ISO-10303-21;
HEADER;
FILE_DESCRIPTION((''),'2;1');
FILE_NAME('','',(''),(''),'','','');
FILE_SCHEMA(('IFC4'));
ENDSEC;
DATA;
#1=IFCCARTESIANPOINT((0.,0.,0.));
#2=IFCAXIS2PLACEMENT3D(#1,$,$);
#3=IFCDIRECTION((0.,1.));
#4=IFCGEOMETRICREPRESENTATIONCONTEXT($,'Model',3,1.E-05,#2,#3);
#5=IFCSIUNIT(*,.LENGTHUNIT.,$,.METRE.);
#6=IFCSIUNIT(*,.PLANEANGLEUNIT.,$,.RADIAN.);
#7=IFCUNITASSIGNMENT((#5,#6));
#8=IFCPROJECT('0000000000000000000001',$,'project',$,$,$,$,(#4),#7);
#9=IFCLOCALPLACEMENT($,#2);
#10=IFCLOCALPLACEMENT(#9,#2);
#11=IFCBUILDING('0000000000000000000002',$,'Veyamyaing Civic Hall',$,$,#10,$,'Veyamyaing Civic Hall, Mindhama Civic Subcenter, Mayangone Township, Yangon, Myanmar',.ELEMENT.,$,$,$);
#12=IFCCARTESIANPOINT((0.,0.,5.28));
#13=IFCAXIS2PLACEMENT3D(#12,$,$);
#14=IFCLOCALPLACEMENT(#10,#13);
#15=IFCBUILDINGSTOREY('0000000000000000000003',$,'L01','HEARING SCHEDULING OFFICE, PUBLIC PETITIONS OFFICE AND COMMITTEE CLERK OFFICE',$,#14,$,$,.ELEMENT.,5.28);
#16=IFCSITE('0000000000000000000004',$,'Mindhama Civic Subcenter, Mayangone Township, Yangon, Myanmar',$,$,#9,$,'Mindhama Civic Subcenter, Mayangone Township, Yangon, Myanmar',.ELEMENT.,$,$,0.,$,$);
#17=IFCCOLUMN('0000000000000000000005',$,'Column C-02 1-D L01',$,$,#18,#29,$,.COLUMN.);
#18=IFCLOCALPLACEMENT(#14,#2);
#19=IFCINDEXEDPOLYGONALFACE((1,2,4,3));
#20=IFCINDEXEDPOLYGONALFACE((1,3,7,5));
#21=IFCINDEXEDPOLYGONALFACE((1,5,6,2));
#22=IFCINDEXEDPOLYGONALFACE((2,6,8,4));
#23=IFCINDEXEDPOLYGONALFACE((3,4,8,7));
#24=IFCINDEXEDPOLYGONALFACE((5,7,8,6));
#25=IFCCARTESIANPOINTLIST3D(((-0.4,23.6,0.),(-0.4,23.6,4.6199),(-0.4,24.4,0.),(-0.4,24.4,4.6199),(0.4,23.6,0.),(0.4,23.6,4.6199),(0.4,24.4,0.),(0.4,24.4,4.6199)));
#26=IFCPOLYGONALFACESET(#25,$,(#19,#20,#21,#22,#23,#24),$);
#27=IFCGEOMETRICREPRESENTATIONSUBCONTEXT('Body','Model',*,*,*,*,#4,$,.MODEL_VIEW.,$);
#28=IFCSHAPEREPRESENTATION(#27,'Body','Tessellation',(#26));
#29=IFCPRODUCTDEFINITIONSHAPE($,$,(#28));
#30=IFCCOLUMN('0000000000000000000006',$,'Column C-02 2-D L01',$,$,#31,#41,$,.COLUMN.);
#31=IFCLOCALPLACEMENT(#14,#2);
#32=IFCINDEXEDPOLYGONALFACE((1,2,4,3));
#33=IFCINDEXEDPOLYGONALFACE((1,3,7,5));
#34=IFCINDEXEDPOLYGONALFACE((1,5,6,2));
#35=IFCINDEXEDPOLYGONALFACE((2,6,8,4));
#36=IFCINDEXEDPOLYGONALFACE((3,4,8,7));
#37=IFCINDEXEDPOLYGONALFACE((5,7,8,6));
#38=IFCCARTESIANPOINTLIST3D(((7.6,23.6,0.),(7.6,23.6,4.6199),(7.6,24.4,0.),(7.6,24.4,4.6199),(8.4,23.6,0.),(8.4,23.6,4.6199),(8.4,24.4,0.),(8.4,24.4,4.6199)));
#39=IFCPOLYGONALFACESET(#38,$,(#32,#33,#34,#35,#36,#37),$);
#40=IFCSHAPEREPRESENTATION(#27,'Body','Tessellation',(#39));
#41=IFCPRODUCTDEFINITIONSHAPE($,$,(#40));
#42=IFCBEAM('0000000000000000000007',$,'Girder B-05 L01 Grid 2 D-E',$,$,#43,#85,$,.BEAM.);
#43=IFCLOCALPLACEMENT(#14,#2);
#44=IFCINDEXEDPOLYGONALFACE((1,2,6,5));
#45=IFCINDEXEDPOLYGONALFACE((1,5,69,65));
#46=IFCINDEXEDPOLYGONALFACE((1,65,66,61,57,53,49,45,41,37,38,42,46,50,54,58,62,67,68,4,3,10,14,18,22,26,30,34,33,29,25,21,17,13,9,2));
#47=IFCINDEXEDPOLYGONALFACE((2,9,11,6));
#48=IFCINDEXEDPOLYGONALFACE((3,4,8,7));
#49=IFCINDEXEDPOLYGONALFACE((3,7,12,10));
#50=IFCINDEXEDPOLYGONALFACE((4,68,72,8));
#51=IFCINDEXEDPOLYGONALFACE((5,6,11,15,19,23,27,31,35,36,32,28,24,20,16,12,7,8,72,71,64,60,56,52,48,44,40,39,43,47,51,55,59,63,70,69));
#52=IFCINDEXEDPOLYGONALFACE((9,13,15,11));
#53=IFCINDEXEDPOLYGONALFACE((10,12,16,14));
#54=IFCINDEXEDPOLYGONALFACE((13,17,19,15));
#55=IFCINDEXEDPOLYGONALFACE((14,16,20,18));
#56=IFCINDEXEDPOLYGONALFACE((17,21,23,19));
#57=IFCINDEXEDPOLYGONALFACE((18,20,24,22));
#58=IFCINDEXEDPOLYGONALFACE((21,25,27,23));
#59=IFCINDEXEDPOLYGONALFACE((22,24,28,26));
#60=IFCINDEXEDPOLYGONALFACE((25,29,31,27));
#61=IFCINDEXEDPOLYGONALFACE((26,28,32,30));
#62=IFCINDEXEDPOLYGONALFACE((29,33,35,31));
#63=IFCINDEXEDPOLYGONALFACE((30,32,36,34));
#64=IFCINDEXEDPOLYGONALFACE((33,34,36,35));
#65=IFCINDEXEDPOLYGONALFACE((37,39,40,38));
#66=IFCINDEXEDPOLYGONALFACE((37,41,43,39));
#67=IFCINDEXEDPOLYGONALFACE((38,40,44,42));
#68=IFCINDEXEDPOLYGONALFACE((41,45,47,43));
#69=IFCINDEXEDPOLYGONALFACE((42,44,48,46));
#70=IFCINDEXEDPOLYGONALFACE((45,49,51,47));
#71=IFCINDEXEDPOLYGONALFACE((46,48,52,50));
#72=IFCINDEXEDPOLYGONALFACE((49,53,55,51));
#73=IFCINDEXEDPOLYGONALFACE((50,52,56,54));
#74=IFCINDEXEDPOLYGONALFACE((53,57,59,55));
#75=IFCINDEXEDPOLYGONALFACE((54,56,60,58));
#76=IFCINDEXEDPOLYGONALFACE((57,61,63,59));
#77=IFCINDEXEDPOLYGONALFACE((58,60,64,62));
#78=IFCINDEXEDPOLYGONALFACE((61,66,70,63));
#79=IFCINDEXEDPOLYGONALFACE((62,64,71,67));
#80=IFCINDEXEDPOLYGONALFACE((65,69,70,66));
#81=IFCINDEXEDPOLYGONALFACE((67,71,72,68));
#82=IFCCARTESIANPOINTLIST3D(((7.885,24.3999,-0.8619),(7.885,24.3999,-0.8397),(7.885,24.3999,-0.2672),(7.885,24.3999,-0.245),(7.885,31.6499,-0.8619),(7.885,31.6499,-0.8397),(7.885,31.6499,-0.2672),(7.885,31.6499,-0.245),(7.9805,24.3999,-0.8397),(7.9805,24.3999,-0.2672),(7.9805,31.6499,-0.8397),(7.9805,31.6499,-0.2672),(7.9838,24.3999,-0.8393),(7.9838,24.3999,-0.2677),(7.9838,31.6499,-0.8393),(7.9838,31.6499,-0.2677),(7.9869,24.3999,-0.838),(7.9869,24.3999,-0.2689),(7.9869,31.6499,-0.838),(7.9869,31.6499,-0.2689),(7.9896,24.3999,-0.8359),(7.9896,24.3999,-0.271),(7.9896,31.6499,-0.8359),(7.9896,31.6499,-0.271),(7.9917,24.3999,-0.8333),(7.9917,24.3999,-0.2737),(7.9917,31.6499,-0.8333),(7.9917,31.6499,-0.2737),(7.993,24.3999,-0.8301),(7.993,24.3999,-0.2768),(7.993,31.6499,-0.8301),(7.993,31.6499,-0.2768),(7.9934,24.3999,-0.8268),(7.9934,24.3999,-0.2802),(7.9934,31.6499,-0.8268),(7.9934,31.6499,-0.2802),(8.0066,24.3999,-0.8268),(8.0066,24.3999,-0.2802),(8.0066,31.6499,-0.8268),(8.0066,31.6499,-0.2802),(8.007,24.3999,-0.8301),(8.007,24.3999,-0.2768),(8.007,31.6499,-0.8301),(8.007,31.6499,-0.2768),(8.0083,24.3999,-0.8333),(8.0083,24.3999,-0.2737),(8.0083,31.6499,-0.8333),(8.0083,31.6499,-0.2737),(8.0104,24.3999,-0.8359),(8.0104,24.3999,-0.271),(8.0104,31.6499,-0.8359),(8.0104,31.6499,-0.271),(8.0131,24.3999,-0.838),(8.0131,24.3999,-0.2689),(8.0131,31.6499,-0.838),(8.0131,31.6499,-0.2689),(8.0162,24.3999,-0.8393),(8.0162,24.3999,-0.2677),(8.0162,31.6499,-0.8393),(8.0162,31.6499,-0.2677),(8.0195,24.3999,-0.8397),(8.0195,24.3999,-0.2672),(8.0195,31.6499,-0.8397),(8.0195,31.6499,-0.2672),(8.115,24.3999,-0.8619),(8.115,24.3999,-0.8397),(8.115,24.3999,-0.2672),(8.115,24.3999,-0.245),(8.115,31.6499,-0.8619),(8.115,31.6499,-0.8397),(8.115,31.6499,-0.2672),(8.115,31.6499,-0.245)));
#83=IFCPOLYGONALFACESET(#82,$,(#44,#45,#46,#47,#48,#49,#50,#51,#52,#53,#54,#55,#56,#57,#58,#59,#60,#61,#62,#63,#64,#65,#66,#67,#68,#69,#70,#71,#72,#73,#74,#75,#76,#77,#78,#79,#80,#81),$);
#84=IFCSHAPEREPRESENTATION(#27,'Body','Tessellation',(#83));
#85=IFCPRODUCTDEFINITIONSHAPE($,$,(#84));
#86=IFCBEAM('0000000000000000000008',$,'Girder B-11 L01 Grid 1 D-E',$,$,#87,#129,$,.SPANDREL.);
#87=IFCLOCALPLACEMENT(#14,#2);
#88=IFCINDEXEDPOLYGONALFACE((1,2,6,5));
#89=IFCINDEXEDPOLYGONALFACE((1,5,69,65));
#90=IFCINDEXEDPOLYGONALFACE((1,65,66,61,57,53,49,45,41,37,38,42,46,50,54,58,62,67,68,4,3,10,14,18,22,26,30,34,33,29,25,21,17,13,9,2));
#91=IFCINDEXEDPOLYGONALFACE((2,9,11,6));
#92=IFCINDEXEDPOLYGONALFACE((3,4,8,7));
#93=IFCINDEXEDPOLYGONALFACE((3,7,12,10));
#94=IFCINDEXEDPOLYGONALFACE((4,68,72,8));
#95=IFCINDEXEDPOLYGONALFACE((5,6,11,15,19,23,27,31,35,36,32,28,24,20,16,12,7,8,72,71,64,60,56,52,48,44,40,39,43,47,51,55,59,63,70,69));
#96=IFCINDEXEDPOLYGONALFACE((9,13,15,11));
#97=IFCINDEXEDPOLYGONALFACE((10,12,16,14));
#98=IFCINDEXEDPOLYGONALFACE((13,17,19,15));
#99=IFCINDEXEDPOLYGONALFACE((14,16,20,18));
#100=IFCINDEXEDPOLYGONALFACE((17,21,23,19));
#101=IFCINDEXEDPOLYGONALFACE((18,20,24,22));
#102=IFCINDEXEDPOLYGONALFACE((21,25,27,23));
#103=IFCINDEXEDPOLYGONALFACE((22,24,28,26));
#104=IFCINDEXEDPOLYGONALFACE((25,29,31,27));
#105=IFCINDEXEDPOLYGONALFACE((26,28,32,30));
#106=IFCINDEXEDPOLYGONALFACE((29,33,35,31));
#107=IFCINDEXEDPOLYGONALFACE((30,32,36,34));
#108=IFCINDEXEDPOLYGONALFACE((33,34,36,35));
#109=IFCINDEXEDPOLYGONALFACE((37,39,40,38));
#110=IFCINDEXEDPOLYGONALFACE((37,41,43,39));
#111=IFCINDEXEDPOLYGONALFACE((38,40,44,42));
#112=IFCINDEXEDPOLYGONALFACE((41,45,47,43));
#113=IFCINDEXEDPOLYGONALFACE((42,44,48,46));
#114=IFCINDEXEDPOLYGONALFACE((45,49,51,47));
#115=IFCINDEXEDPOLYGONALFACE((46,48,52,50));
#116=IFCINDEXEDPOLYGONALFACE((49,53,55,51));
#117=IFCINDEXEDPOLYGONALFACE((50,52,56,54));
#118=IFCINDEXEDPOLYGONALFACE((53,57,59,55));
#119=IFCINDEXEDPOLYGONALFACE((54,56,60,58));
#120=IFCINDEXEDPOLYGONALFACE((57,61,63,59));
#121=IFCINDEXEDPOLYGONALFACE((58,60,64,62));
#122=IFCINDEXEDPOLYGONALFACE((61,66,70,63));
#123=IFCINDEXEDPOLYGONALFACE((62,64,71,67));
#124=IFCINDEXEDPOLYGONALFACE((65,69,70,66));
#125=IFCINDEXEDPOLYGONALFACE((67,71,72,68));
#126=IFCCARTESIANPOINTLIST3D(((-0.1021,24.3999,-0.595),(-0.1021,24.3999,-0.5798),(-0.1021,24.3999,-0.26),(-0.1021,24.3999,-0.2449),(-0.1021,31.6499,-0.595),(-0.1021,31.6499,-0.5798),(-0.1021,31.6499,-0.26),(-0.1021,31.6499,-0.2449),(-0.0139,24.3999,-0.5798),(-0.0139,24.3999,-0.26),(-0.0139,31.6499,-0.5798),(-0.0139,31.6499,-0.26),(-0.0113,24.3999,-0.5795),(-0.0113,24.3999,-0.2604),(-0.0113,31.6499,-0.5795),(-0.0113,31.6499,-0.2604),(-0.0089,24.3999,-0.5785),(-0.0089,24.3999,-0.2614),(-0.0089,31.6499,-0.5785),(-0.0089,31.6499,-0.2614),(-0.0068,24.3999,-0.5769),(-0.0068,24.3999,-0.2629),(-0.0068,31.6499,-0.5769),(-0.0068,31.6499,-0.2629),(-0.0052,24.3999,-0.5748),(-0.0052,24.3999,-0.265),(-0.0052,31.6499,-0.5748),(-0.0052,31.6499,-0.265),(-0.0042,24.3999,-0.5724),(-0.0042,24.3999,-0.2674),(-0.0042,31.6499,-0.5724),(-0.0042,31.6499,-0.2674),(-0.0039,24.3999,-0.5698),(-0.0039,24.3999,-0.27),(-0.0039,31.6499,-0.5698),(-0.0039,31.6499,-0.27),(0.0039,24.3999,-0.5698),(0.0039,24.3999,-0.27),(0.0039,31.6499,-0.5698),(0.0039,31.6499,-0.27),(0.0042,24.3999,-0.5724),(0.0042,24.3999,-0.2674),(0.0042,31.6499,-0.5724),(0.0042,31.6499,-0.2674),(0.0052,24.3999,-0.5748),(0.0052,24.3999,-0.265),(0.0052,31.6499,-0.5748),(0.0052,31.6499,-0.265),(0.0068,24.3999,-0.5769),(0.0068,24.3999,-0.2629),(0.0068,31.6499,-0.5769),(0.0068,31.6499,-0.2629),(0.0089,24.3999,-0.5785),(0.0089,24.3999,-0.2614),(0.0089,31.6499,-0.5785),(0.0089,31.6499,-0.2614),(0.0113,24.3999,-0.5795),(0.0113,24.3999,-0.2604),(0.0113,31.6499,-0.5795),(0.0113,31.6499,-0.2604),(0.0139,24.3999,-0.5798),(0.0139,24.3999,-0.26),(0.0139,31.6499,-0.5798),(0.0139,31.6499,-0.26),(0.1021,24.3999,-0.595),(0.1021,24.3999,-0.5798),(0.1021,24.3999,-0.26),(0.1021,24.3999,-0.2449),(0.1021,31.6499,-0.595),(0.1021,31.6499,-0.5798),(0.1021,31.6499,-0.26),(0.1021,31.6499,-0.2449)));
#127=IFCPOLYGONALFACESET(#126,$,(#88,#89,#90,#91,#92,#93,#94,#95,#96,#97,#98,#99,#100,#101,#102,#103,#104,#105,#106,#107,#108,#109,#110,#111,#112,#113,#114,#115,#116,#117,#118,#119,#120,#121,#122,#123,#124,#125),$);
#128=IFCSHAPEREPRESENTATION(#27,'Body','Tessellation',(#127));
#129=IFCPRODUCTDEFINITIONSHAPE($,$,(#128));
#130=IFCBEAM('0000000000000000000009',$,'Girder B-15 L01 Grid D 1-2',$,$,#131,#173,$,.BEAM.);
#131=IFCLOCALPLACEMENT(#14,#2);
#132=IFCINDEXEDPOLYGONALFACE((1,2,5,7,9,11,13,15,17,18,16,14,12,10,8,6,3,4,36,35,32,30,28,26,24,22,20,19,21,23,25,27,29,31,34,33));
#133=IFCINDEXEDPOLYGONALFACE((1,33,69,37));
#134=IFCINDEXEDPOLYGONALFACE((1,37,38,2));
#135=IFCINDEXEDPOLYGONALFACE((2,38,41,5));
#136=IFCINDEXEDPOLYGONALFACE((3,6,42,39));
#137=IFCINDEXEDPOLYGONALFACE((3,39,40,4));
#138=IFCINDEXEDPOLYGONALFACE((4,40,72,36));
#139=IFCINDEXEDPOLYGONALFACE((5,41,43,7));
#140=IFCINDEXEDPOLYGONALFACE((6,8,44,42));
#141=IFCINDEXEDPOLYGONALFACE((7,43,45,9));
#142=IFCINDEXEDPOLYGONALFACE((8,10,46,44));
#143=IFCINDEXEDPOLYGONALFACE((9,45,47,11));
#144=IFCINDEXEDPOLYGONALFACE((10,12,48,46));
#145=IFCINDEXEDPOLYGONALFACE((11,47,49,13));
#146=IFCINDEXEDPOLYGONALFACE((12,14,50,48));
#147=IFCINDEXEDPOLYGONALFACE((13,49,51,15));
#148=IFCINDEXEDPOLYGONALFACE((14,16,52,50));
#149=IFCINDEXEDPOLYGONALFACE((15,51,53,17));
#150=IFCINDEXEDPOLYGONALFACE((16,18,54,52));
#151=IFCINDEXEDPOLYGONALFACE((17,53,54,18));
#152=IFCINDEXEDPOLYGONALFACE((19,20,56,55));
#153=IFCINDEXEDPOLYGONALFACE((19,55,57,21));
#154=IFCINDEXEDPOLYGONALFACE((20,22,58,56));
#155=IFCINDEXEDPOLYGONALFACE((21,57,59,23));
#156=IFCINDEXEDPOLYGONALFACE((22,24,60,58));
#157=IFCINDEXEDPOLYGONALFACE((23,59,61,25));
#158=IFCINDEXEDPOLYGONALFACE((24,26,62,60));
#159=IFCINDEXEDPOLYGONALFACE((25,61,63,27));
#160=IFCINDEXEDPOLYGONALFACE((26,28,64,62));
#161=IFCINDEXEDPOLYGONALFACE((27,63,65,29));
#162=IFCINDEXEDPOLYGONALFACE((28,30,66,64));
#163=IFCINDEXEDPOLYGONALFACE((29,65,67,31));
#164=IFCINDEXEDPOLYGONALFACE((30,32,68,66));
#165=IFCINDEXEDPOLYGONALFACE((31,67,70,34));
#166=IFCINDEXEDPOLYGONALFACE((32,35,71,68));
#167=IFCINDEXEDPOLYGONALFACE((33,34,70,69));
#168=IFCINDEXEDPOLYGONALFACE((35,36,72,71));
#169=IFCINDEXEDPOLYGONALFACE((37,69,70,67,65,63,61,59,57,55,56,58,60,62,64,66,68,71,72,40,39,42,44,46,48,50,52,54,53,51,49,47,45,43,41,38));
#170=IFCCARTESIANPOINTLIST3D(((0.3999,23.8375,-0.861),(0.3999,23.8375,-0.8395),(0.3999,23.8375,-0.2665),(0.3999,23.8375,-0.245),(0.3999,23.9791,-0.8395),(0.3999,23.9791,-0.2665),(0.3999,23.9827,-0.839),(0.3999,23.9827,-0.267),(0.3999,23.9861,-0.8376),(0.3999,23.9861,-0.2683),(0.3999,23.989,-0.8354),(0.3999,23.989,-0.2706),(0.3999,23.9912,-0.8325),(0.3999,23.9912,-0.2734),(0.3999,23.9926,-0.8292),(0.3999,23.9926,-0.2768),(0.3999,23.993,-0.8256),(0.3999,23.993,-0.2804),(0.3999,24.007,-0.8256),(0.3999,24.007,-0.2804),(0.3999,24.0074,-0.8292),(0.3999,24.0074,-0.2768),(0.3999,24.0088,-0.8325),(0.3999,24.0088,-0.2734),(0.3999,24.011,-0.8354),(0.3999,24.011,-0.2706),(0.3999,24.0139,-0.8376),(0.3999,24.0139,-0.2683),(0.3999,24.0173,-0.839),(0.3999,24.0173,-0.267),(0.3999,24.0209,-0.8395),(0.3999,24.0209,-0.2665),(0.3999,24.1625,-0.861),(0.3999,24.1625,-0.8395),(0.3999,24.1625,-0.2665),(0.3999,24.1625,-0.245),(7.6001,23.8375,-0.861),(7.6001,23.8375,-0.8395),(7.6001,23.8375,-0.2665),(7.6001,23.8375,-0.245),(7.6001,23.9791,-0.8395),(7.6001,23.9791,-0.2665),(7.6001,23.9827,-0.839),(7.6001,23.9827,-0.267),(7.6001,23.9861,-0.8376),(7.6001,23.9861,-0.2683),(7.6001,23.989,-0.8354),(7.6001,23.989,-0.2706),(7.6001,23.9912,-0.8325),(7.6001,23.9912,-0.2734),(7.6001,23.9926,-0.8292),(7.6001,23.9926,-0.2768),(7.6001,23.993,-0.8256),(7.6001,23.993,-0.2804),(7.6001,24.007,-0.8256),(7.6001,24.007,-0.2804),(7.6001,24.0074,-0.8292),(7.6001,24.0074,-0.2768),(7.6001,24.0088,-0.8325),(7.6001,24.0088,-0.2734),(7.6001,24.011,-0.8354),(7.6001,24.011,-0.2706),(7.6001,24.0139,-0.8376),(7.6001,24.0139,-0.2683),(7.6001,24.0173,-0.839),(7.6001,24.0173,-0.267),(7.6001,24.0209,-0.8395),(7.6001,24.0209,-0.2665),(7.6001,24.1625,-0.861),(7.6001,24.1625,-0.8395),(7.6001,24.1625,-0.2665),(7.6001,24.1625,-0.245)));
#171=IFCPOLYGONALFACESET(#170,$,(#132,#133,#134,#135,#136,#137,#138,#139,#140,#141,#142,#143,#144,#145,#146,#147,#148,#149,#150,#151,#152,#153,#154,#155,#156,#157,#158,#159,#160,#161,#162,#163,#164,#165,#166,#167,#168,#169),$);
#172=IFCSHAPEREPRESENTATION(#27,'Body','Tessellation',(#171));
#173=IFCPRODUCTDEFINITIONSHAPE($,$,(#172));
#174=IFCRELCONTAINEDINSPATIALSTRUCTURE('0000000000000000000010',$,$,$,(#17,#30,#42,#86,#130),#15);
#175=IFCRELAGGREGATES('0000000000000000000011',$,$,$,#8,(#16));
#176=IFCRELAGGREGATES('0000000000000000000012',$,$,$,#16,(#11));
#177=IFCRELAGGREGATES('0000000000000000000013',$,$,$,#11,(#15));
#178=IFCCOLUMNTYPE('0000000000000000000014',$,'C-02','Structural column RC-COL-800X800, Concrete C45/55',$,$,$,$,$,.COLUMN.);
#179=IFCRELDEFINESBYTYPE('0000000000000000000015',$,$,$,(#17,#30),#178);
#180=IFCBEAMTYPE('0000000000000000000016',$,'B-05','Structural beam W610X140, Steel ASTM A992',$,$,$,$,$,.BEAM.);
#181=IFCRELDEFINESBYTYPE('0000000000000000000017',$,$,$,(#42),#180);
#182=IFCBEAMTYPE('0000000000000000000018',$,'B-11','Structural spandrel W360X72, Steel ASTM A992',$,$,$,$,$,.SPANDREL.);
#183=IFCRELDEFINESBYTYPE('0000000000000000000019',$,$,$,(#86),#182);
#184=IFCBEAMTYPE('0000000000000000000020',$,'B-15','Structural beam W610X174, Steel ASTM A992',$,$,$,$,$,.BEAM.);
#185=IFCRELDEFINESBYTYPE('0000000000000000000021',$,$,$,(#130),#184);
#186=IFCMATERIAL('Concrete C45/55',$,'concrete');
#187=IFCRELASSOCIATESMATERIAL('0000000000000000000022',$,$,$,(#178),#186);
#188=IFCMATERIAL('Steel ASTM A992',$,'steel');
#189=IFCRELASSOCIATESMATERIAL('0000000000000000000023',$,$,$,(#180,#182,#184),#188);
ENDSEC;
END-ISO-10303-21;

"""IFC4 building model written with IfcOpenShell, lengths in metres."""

from ifc_helpers import new_model, si_unit, direction, frame, origin, origin_2d, place, context, subcontext, project, spatial, rectangle, i_section, extrude, material, material_profile, profile_set, type_object, element, save


model = new_model("IFC4")

# Units and contexts
model_context = context("Model", 3, precision=1e-05, world=origin(), true_north=direction((0.0, 1.0)))
body_context = subcontext(model_context, "Body", "Model", "MODEL_VIEW")
ifc_project = project(units=[si_unit("LENGTHUNIT", "METRE"), si_unit("PLANEANGLEUNIT", "RADIAN")], contexts=[model_context])

# Site, building, storey
site_placement = place(None, origin())
site = spatial("IfcSite", under=ifc_project, at=site_placement, Name="Mindhama Civic Subcenter, Mayangone Township, Yangon, Myanmar", LongName="Mindhama Civic Subcenter, Mayangone Township, Yangon, Myanmar", CompositionType="ELEMENT", RefElevation=0.0)
building_placement = place(site_placement, origin())
building = spatial("IfcBuilding", under=site, at=building_placement, Name="Veyamyaing Civic Hall", LongName="Veyamyaing Civic Hall, Mindhama Civic Subcenter, Mayangone Township, Yangon, Myanmar", CompositionType="ELEMENT")
storey_placement = place(building_placement, frame((0.0, 0.0, 5.28)))
storey = spatial("IfcBuildingStorey", under=building, at=storey_placement, Name="L01", Description="HEARING SCHEDULING OFFICE, PUBLIC PETITIONS OFFICE AND COMMITTEE CLERK OFFICE", CompositionType="ELEMENT", Elevation=5.28)

# Columns
ifc_material_1 = material(Name="Concrete C45/55", Category="concrete")
ifc_material_profile_1 = material_profile(ifc_material_1, rectangle(XDim=0.8, YDim=0.8, at=origin_2d()), Name="RC-COL-800X800")
ifc_profile_set_1 = profile_set([ifc_material_profile_1], Name="Concrete C45/55")
column_type = type_object("IfcColumnType", Name="C-02", Description="Structural column RC-COL-800X800, Concrete C45/55", PredefinedType="COLUMN", material=ifc_profile_set_1)
for number, where, z_axis, x_axis, name in (
    (1, (0.0, 24.0, 0.0), (0.0, 0.0, 1.0), (1.0, 0.0, 0.0), "Column C-02 1-D L01"),
    (2, (8.0, 24.0, 0.0), (0.0, 0.0, 1.0), (1.0, 0.0, 0.0), "Column C-02 2-D L01"),
):
    element("IfcColumn", number, at=place(storey_placement, frame(where, z_axis=z_axis, x_axis=x_axis)), inside=storey, type_object=column_type, Name=name, PredefinedType="COLUMN", context=body_context, shape_type="SweptSolid", body=[
        extrude(rectangle(XDim=0.8, YDim=0.8, at=origin_2d()), origin(), (0.0, 0.0, 1.0), 4.6199),
    ])

# Beams
ifc_material_2 = material(Name="Steel ASTM A992", Category="steel")
ifc_material_profile_2 = material_profile(ifc_material_2, i_section(OverallWidth=0.23, OverallDepth=0.6169, WebThickness=0.0132, FlangeThickness=0.0222, FilletRadius=0.0129, at=origin_2d()), Name="W610X140")
ifc_profile_set_2 = profile_set([ifc_material_profile_2], Name="Steel ASTM A992")
beam_type_1 = type_object("IfcBeamType", Name="B-05", Description="Structural beam W610X140, Steel ASTM A992", PredefinedType="BEAM", material=ifc_profile_set_2)
beam_1_placement = place(storey_placement, frame((8.0, 24.3999, -0.5535), z_axis=(0.0, 1.0, 0.0), x_axis=(-1.0, 0.0, 0.0)))
element("IfcBeam", 3, at=beam_1_placement, inside=storey, type_object=beam_type_1, Name="Girder B-05 L01 Grid 2 D-E", PredefinedType="BEAM", context=body_context, shape_type="SweptSolid", body=[
    extrude(i_section(OverallWidth=0.23, OverallDepth=0.6169, WebThickness=0.0132, FlangeThickness=0.0222, FilletRadius=0.0129, at=origin_2d()), origin(), (0.0, 0.0, 1.0), 7.25),
])
ifc_material_profile_3 = material_profile(ifc_material_2, i_section(OverallWidth=0.2041, OverallDepth=0.3501, WebThickness=0.0078, FlangeThickness=0.0151, FilletRadius=0.01, at=origin_2d()), Name="W360X72")
ifc_profile_set_3 = profile_set([ifc_material_profile_3], Name="Steel ASTM A992")
beam_type_2 = type_object("IfcBeamType", Name="B-11", Description="Structural spandrel W360X72, Steel ASTM A992", PredefinedType="SPANDREL", material=ifc_profile_set_3)
beam_2_placement = place(storey_placement, frame((0.0, 24.3999, -0.4199), z_axis=(0.0, 1.0, 0.0), x_axis=(-1.0, 0.0, 0.0)))
element("IfcBeam", 4, at=beam_2_placement, inside=storey, type_object=beam_type_2, Name="Girder B-11 L01 Grid 1 D-E", PredefinedType="SPANDREL", context=body_context, shape_type="SweptSolid", body=[
    extrude(i_section(OverallWidth=0.2041, OverallDepth=0.3501, WebThickness=0.0078, FlangeThickness=0.0151, FilletRadius=0.01, at=origin_2d()), origin(), (0.0, 0.0, 1.0), 7.25),
])
ifc_material_profile_4 = material_profile(ifc_material_2, i_section(OverallWidth=0.325, OverallDepth=0.616, WebThickness=0.0139, FlangeThickness=0.0215, FilletRadius=0.0139, at=origin_2d()), Name="W610X174")
ifc_profile_set_4 = profile_set([ifc_material_profile_4], Name="Steel ASTM A992")
beam_type_3 = type_object("IfcBeamType", Name="B-15", Description="Structural beam W610X174, Steel ASTM A992", PredefinedType="BEAM", material=ifc_profile_set_4)
beam_3_placement = place(storey_placement, frame((0.3999, 24.0, -0.553), z_axis=(1.0, 0.0, 0.0), x_axis=(0.0, 1.0, 0.0)))
element("IfcBeam", 5, at=beam_3_placement, inside=storey, type_object=beam_type_3, Name="Girder B-15 L01 Grid D 1-2", PredefinedType="BEAM", context=body_context, shape_type="SweptSolid", body=[
    extrude(i_section(OverallWidth=0.325, OverallDepth=0.616, WebThickness=0.0139, FlangeThickness=0.0215, FilletRadius=0.0139, at=origin_2d()), origin(), (0.0, 0.0, 1.0), 7.2002),
])

save(model, "model.ifc")
